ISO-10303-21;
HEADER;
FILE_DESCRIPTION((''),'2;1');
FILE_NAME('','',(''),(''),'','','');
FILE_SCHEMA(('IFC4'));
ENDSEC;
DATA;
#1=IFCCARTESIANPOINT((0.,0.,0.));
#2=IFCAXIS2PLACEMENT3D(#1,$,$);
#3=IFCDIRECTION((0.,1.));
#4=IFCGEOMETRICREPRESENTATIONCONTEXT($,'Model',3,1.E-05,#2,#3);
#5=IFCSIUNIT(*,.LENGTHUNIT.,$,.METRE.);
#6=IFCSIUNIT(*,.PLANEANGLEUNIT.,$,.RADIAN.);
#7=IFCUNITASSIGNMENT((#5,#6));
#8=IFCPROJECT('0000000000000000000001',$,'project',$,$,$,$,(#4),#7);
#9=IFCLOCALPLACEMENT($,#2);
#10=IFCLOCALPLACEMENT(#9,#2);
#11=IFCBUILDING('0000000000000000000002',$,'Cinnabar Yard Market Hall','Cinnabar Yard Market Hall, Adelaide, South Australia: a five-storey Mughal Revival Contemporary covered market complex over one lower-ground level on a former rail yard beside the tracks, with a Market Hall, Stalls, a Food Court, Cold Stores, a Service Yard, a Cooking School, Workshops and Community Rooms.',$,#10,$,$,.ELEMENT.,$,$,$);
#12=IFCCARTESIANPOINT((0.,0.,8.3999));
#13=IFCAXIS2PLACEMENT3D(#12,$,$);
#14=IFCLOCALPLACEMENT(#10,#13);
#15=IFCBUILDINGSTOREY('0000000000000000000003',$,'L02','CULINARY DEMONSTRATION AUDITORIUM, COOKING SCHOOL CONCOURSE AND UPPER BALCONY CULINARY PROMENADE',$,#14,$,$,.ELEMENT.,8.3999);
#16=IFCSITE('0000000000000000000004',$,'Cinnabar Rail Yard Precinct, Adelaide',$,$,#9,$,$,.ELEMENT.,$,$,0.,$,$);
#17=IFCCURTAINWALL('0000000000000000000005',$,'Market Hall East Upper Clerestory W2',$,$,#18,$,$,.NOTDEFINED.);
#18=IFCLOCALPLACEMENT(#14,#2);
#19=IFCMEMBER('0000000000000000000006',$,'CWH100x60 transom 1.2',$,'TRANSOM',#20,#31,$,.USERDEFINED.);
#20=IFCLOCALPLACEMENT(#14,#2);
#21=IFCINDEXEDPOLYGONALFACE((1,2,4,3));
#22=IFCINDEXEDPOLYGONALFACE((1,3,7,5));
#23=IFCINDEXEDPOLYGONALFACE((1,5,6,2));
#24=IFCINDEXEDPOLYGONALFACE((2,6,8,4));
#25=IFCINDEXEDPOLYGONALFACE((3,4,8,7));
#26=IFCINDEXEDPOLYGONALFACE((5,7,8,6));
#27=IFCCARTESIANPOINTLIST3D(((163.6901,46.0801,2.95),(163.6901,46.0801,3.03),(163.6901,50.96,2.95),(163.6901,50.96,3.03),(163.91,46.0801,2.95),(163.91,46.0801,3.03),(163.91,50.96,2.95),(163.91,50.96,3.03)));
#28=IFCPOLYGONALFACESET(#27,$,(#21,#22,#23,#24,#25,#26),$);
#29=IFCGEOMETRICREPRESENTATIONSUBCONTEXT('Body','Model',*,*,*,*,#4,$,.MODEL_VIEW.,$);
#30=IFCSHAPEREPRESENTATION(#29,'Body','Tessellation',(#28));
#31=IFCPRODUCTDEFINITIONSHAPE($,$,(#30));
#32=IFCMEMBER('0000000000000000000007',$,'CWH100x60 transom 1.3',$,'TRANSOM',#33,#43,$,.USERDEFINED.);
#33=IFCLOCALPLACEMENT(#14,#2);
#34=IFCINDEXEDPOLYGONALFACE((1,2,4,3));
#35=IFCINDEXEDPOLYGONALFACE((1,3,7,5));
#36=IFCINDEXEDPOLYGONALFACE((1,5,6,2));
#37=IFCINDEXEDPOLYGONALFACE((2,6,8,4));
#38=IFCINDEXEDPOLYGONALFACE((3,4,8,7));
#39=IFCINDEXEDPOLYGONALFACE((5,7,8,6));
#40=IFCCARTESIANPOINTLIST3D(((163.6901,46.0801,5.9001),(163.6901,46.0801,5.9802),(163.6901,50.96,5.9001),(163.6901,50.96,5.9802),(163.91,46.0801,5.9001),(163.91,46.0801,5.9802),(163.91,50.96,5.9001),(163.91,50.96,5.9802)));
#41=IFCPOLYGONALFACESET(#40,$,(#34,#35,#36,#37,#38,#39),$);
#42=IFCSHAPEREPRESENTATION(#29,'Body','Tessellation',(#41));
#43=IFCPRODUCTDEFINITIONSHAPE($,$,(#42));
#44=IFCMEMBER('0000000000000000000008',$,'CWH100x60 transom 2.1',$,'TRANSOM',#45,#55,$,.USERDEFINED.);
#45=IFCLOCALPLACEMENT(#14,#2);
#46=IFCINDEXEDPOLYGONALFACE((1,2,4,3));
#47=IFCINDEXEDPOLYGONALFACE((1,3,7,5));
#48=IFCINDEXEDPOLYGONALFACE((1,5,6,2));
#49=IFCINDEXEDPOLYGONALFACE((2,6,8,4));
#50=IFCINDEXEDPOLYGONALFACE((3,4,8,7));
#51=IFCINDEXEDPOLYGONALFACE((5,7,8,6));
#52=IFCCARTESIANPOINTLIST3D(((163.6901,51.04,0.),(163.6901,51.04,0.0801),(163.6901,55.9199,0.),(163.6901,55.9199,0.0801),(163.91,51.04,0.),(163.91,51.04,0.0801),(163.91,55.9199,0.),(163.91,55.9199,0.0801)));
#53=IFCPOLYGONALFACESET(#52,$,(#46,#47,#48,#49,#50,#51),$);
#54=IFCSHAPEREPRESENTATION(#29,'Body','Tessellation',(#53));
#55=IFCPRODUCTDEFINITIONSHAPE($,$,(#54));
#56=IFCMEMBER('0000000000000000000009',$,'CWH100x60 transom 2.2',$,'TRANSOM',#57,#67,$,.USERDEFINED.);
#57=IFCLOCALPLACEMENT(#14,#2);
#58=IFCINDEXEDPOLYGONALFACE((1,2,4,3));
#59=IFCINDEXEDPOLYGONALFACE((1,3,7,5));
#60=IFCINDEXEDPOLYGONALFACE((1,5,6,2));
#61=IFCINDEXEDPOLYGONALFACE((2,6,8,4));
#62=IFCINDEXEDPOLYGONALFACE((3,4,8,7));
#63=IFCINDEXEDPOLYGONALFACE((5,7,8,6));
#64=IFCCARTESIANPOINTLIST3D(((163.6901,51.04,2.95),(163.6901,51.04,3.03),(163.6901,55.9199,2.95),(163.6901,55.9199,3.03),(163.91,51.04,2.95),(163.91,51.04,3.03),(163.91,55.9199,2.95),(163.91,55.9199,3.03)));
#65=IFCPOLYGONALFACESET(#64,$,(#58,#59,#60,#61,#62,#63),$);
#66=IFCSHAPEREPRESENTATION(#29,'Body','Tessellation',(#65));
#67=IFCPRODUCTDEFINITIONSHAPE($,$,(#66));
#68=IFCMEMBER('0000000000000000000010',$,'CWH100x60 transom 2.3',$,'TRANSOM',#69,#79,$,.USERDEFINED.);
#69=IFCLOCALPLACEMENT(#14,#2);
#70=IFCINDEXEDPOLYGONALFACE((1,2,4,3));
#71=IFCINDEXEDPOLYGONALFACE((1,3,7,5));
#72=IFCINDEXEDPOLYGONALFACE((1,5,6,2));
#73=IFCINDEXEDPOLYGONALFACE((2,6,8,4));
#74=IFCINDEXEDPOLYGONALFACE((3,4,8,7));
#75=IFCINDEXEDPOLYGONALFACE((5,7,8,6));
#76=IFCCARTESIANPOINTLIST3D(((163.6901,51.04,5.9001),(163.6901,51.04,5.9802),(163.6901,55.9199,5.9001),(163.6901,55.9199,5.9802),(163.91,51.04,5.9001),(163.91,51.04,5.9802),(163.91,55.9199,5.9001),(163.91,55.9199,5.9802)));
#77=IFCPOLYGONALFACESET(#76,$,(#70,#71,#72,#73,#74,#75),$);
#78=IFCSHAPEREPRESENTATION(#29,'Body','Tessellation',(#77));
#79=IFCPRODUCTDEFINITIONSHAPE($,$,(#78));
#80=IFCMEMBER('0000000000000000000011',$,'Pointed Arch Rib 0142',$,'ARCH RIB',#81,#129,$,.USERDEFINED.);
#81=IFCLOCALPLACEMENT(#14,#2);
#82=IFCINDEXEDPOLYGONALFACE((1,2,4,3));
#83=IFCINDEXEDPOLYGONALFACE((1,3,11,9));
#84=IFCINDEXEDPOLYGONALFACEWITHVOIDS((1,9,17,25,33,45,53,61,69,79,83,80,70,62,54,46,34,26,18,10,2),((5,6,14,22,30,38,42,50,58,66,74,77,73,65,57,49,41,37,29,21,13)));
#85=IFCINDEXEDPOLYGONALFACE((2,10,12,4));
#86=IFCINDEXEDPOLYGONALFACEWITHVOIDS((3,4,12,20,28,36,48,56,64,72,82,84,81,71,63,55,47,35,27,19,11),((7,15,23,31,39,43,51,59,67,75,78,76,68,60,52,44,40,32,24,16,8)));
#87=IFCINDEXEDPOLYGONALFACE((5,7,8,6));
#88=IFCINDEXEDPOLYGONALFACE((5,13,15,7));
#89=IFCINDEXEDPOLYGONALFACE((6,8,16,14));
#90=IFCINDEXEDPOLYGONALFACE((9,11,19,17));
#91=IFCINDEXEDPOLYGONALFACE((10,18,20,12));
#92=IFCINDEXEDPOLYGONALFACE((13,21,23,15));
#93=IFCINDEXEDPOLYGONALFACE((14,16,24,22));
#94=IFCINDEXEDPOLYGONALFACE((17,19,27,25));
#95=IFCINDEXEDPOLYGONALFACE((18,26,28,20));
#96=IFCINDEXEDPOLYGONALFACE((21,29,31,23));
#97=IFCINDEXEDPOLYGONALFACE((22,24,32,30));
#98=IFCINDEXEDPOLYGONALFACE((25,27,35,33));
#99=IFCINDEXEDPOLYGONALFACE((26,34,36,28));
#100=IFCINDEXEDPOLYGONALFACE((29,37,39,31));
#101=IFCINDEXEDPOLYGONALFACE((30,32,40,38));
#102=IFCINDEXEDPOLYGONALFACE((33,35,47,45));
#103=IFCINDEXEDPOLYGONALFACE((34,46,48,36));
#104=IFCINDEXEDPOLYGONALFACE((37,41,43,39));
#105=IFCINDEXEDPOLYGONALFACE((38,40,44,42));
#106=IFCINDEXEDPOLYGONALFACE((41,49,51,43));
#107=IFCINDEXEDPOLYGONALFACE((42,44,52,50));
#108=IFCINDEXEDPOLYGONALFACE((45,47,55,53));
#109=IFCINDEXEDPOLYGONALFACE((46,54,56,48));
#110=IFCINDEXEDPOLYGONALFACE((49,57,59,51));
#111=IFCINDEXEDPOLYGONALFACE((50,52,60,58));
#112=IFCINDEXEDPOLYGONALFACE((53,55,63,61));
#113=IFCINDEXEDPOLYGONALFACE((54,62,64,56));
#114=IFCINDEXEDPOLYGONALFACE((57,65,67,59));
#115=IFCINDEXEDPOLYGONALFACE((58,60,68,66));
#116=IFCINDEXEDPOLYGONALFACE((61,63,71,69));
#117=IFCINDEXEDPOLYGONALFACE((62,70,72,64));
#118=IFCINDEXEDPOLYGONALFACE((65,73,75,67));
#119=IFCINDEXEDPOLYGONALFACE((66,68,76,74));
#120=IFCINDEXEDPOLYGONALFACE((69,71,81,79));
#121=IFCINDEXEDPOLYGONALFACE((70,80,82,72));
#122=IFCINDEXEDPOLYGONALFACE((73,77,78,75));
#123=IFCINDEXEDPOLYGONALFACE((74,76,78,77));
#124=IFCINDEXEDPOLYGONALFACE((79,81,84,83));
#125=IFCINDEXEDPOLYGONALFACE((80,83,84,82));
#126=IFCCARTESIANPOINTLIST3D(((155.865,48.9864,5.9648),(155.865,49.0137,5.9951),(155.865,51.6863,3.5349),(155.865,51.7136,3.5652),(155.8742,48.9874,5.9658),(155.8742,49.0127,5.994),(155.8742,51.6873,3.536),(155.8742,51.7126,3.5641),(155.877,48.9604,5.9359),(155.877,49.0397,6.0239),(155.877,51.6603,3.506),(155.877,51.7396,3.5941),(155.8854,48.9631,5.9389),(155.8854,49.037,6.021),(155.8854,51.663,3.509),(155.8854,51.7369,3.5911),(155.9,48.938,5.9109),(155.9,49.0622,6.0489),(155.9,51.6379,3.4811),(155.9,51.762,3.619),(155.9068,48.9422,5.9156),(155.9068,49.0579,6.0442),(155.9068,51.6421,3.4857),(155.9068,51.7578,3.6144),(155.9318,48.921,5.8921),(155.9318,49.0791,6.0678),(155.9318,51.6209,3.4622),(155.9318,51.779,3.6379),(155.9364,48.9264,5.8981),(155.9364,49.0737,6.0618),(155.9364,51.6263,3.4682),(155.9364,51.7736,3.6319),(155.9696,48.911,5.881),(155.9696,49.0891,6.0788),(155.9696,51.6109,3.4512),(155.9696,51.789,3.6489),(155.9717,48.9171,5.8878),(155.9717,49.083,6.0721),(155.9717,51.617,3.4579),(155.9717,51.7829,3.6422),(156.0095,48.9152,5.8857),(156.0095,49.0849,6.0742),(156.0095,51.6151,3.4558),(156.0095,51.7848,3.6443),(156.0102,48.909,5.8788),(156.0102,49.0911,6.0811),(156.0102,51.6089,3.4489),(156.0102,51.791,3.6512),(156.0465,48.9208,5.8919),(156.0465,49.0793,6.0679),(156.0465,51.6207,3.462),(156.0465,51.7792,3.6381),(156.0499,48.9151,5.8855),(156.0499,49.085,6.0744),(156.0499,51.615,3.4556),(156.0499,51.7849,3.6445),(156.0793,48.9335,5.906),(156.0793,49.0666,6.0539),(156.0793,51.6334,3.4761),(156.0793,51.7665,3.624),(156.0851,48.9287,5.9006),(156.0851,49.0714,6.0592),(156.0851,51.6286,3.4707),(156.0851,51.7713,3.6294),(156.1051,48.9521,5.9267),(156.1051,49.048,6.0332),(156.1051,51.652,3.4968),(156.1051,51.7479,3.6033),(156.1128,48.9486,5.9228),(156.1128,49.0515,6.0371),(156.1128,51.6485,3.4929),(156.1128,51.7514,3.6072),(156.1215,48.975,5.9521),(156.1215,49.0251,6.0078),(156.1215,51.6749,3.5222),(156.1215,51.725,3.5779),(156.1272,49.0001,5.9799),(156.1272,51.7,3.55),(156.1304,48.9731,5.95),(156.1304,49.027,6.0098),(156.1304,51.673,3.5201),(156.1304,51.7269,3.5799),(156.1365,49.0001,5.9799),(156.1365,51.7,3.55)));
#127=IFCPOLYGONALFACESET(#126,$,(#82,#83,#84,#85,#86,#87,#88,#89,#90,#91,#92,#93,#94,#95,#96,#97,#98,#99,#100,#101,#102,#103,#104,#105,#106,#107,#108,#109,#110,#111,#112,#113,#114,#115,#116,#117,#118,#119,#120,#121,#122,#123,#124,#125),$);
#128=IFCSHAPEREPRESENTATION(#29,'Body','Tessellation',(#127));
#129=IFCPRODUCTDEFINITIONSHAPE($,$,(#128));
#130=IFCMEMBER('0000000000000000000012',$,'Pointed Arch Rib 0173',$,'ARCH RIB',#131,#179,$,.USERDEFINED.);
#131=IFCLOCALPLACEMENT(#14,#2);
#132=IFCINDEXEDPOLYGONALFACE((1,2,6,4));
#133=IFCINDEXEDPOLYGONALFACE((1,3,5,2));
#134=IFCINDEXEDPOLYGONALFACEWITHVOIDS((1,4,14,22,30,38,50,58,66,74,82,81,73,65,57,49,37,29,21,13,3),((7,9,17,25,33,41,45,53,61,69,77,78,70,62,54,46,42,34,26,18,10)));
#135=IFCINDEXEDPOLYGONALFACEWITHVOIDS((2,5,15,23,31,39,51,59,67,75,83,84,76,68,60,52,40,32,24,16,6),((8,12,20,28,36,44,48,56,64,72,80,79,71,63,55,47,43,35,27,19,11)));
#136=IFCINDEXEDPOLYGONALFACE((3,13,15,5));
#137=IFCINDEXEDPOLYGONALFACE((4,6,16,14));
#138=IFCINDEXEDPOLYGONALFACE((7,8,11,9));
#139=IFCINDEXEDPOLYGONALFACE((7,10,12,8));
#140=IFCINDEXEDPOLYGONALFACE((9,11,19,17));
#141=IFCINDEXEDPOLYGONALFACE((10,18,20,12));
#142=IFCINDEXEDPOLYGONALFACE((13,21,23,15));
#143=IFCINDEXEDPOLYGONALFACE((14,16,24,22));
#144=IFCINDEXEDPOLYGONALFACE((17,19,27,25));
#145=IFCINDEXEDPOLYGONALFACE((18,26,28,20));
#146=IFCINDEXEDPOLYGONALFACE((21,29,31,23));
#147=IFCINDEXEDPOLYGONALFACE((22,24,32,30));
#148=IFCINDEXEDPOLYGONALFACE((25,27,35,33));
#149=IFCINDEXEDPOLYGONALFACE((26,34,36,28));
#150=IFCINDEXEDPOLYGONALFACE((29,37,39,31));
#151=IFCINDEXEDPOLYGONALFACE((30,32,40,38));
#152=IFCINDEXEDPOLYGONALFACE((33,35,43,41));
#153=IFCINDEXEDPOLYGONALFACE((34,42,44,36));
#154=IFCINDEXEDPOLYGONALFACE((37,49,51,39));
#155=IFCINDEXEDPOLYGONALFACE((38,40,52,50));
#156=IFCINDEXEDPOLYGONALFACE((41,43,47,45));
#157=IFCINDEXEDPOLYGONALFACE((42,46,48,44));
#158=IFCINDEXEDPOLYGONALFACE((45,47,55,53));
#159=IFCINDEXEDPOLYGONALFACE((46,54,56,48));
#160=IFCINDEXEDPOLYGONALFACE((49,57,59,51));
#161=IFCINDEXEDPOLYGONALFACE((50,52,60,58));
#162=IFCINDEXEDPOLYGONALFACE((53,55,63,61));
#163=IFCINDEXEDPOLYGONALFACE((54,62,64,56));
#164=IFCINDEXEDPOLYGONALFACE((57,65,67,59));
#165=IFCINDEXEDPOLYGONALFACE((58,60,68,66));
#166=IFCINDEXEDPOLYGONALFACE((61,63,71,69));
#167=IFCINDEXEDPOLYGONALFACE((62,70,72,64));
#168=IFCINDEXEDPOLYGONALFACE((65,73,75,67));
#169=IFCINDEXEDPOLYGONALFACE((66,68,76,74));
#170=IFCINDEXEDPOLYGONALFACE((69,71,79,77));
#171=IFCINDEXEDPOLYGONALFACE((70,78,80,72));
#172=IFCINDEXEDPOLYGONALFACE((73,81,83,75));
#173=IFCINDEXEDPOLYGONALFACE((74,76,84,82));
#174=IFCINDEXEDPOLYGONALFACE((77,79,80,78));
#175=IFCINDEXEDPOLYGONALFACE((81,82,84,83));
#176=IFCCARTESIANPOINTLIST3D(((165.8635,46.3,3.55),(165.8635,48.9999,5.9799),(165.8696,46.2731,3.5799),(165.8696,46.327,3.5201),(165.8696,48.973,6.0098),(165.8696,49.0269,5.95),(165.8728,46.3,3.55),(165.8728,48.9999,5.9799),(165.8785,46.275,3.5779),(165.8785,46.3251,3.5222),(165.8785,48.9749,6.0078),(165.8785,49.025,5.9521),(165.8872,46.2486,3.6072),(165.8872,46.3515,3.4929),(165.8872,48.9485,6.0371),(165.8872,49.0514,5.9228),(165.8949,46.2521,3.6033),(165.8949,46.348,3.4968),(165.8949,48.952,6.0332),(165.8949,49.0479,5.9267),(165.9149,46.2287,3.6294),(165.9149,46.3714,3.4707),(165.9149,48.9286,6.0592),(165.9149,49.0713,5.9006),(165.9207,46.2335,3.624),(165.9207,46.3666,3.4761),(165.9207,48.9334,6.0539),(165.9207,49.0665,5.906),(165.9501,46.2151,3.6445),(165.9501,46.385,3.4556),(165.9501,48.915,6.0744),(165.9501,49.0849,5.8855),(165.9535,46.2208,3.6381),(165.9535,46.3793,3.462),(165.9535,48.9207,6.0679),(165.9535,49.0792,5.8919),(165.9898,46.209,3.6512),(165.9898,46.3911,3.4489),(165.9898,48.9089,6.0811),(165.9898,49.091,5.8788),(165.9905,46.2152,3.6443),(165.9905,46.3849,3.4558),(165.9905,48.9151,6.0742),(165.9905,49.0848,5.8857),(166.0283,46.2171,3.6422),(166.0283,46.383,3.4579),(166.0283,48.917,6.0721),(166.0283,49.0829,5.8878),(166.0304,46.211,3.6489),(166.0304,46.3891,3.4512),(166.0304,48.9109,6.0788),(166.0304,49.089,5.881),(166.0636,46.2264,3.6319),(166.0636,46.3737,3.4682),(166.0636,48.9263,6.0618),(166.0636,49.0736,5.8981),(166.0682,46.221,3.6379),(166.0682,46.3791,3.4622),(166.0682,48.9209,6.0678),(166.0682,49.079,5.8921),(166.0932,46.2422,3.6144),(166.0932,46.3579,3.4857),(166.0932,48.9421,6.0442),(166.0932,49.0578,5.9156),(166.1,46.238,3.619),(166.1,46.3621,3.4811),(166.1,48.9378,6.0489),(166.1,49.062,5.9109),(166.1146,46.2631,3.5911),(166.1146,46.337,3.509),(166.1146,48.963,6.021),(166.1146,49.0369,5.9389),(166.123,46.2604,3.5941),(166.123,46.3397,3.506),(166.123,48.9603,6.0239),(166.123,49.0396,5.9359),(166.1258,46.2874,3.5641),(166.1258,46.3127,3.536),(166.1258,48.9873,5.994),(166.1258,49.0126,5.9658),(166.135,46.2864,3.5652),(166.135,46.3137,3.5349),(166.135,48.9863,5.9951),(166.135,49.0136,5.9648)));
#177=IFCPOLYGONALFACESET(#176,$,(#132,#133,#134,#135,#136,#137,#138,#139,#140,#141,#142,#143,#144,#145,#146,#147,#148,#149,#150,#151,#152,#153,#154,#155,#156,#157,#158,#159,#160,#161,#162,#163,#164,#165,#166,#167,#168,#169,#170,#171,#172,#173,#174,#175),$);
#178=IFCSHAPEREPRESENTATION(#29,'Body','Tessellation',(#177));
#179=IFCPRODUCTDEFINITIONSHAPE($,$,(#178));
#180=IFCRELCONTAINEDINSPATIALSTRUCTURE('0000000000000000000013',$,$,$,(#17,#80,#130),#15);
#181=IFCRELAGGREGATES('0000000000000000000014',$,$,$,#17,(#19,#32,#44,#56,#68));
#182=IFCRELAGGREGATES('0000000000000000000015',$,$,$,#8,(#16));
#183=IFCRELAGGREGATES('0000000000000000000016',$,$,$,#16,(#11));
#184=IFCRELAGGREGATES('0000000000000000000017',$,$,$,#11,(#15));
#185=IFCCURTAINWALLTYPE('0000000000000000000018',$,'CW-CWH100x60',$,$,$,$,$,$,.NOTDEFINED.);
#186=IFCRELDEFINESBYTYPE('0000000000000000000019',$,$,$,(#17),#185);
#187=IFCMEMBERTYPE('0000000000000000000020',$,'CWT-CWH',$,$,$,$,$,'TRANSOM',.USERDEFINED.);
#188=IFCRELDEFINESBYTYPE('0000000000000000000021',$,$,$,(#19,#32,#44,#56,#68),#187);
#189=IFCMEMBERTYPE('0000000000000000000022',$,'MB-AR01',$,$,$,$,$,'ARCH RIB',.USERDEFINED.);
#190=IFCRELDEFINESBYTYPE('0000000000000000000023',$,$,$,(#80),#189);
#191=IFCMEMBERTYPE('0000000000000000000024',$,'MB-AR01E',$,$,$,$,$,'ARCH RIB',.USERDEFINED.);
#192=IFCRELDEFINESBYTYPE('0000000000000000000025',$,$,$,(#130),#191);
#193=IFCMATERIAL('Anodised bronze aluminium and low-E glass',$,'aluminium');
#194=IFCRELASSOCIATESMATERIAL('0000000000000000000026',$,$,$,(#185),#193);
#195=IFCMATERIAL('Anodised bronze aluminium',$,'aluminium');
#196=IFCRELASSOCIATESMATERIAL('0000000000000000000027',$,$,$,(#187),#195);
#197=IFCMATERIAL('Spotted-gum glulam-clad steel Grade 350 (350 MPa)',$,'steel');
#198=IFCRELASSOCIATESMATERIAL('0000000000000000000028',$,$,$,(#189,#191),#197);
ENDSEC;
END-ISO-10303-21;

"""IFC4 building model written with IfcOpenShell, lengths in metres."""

from ifc_helpers import new_model, si_unit, direction, frame, origin, origin_2d_with_axis, place, context, subcontext, project, spatial, rectangle, hollow_circle, extrude, material, material_profile, profile_set, type_object, element, aggregate, save


model = new_model("IFC4")

# Units and contexts
model_context = context("Model", 3, precision=1e-05, world=origin(), true_north=direction((0.0, 1.0)))
body_context = subcontext(model_context, "Body", "Model", "MODEL_VIEW")
ifc_project = project(units=[si_unit("LENGTHUNIT", "METRE"), si_unit("PLANEANGLEUNIT", "RADIAN")], contexts=[model_context])

# Site, building, storey
site_placement = place(None, origin())
site = spatial("IfcSite", under=ifc_project, at=site_placement, Name="Cinnabar Rail Yard Precinct, Adelaide", CompositionType="ELEMENT", RefElevation=0.0)
building_placement = place(site_placement, origin())
building = spatial("IfcBuilding", under=site, at=building_placement, Name="Cinnabar Yard Market Hall", Description="Cinnabar Yard Market Hall, Adelaide, South Australia: a five-storey Mughal Revival Contemporary covered market complex over one lower-ground level on a former rail yard beside the tracks, with a Market Hall, Stalls, a Food Court, Cold Stores, a Service Yard, a Cooking School, Workshops and Community Rooms.", CompositionType="ELEMENT")
storey_placement = place(building_placement, frame((0.0, 0.0, 8.3999)))
storey = spatial("IfcBuildingStorey", under=building, at=storey_placement, Name="L02", Description="CULINARY DEMONSTRATION AUDITORIUM, COOKING SCHOOL CONCOURSE AND UPPER BALCONY CULINARY PROMENADE", CompositionType="ELEMENT", Elevation=8.3999)

# Shared definitions
ifc_material_1 = material(Name="Spotted-gum glulam-clad steel Grade 350 (350 MPa)", Category="steel")

# Curtain wall
ifc_material_2 = material(Name="Anodised bronze aluminium and low-E glass", Category="aluminium")
ifc_material_3 = material(Name="Anodised bronze aluminium", Category="aluminium")
curtain_wall_type_1 = type_object("IfcCurtainWallType", Name="CW-CWH100x60", PredefinedType="NOTDEFINED", material=ifc_material_2)
curtain_wall_1_placement = place(storey_placement, origin())
curtain_wall_1 = element("IfcCurtainWall", 1, at=curtain_wall_1_placement, inside=storey, type_object=curtain_wall_type_1, Name="Market Hall East Upper Clerestory W2", PredefinedType="NOTDEFINED")

# Members
ifc_material_profile_1 = material_profile(ifc_material_3, rectangle(XDim=0.22, YDim=0.0801, at=origin_2d_with_axis()), Name="TRN-CWH")
ifc_profile_set_1 = profile_set([ifc_material_profile_1], Name="Anodised bronze aluminium")
member_type_1 = type_object("IfcMemberType", Name="CWT-CWH", ElementType="TRANSOM", PredefinedType="USERDEFINED", material=ifc_profile_set_1)
member_1_placement = place(storey_placement, frame((163.8, 46.0801, 2.99), z_axis=(0.0, 1.0, 0.0), x_axis=(-1.0, 0.0, 0.0)))
member_1 = element("IfcMember", 2, at=member_1_placement, type_object=member_type_1, Name="CWH100x60 transom 1.2", ObjectType="TRANSOM", PredefinedType="USERDEFINED", context=body_context, shape_type="SweptSolid", body=[
    extrude(rectangle(XDim=0.22, YDim=0.0801, at=origin_2d_with_axis()), origin(), (0.0, 0.0, 1.0), 4.8799),
])
member_2_placement = place(storey_placement, frame((163.8, 46.0801, 5.9402), z_axis=(0.0, 1.0, 0.0), x_axis=(-1.0, 0.0, 0.0)))
member_2 = element("IfcMember", 3, at=member_2_placement, type_object=member_type_1, Name="CWH100x60 transom 1.3", ObjectType="TRANSOM", PredefinedType="USERDEFINED", context=body_context, shape_type="SweptSolid", body=[
    extrude(rectangle(XDim=0.22, YDim=0.0801, at=origin_2d_with_axis()), origin(), (0.0, 0.0, 1.0), 4.8799),
])
member_3_placement = place(storey_placement, frame((163.8, 51.04, 0.04), z_axis=(0.0, 1.0, 0.0), x_axis=(-1.0, 0.0, 0.0)))
member_3 = element("IfcMember", 4, at=member_3_placement, type_object=member_type_1, Name="CWH100x60 transom 2.1", ObjectType="TRANSOM", PredefinedType="USERDEFINED", context=body_context, shape_type="SweptSolid", body=[
    extrude(rectangle(XDim=0.22, YDim=0.0801, at=origin_2d_with_axis()), origin(), (0.0, 0.0, 1.0), 4.8799),
])
member_4_placement = place(storey_placement, frame((163.8, 51.04, 2.99), z_axis=(0.0, 1.0, 0.0), x_axis=(-1.0, 0.0, 0.0)))
member_4 = element("IfcMember", 5, at=member_4_placement, type_object=member_type_1, Name="CWH100x60 transom 2.2", ObjectType="TRANSOM", PredefinedType="USERDEFINED", context=body_context, shape_type="SweptSolid", body=[
    extrude(rectangle(XDim=0.22, YDim=0.0801, at=origin_2d_with_axis()), origin(), (0.0, 0.0, 1.0), 4.8799),
])
member_5_placement = place(storey_placement, frame((163.8, 51.04, 5.9402), z_axis=(0.0, 1.0, 0.0), x_axis=(-1.0, 0.0, 0.0)))
member_5 = element("IfcMember", 6, at=member_5_placement, type_object=member_type_1, Name="CWH100x60 transom 2.3", ObjectType="TRANSOM", PredefinedType="USERDEFINED", context=body_context, shape_type="SweptSolid", body=[
    extrude(rectangle(XDim=0.22, YDim=0.0801, at=origin_2d_with_axis()), origin(), (0.0, 0.0, 1.0), 4.8799),
])

# Members
ifc_material_profile_2 = material_profile(ifc_material_1, hollow_circle(Radius=0.1365, WallThickness=0.0093, at=origin_2d_with_axis()), Name="273.1x9.3CHS")
ifc_profile_set_2 = profile_set([ifc_material_profile_2], Name="Spotted-gum glulam-clad steel Grade 350 (350 MPa)")
member_type_2 = type_object("IfcMemberType", Name="MB-AR01", ElementType="ARCH RIB", PredefinedType="USERDEFINED", material=ifc_profile_set_2)
member_6_placement = place(storey_placement, frame((156.0, 51.7, 3.55), z_axis=(0.0, -0.743297, 0.668961), x_axis=(1.0, 0.0, 0.0)))
element("IfcMember", 7, at=member_6_placement, inside=storey, type_object=member_type_2, Name="Pointed Arch Rib 0142", ObjectType="ARCH RIB", PredefinedType="USERDEFINED", context=body_context, shape_type="SweptSolid", body=[
    extrude(hollow_circle(Radius=0.1365, WallThickness=0.0093, at=origin_2d_with_axis()), origin(), (0.0, 0.0, 1.0), 3.6323),
])
ifc_material_profile_3 = material_profile(ifc_material_1, hollow_circle(Radius=0.1365, WallThickness=0.0093, at=origin_2d_with_axis()), Name="273.1x9.3CHS")
ifc_profile_set_3 = profile_set([ifc_material_profile_3], Name="Spotted-gum glulam-clad steel Grade 350 (350 MPa)")
member_type_3 = type_object("IfcMemberType", Name="MB-AR01E", ElementType="ARCH RIB", PredefinedType="USERDEFINED", material=ifc_profile_set_3)
for number, where, z_axis, x_axis, name in (
    (8, (166.0, 46.3, 3.55), (0.0, 0.743297, 0.668961), (-1.0, 0.0, 0.0), "Pointed Arch Rib 0173"),
):
    element("IfcMember", number, at=place(storey_placement, frame(where, z_axis=z_axis, x_axis=x_axis)), inside=storey, type_object=member_type_3, Name=name, ObjectType="ARCH RIB", PredefinedType="USERDEFINED", context=body_context, shape_type="SweptSolid", body=[
        extrude(hollow_circle(Radius=0.1365, WallThickness=0.0093, at=origin_2d_with_axis()), origin(), (0.0, 0.0, 1.0), 3.6323),
    ])

aggregate(curtain_wall_1, [member_1, member_2, member_3, member_4, member_5])

save(model, "model.ifc")
